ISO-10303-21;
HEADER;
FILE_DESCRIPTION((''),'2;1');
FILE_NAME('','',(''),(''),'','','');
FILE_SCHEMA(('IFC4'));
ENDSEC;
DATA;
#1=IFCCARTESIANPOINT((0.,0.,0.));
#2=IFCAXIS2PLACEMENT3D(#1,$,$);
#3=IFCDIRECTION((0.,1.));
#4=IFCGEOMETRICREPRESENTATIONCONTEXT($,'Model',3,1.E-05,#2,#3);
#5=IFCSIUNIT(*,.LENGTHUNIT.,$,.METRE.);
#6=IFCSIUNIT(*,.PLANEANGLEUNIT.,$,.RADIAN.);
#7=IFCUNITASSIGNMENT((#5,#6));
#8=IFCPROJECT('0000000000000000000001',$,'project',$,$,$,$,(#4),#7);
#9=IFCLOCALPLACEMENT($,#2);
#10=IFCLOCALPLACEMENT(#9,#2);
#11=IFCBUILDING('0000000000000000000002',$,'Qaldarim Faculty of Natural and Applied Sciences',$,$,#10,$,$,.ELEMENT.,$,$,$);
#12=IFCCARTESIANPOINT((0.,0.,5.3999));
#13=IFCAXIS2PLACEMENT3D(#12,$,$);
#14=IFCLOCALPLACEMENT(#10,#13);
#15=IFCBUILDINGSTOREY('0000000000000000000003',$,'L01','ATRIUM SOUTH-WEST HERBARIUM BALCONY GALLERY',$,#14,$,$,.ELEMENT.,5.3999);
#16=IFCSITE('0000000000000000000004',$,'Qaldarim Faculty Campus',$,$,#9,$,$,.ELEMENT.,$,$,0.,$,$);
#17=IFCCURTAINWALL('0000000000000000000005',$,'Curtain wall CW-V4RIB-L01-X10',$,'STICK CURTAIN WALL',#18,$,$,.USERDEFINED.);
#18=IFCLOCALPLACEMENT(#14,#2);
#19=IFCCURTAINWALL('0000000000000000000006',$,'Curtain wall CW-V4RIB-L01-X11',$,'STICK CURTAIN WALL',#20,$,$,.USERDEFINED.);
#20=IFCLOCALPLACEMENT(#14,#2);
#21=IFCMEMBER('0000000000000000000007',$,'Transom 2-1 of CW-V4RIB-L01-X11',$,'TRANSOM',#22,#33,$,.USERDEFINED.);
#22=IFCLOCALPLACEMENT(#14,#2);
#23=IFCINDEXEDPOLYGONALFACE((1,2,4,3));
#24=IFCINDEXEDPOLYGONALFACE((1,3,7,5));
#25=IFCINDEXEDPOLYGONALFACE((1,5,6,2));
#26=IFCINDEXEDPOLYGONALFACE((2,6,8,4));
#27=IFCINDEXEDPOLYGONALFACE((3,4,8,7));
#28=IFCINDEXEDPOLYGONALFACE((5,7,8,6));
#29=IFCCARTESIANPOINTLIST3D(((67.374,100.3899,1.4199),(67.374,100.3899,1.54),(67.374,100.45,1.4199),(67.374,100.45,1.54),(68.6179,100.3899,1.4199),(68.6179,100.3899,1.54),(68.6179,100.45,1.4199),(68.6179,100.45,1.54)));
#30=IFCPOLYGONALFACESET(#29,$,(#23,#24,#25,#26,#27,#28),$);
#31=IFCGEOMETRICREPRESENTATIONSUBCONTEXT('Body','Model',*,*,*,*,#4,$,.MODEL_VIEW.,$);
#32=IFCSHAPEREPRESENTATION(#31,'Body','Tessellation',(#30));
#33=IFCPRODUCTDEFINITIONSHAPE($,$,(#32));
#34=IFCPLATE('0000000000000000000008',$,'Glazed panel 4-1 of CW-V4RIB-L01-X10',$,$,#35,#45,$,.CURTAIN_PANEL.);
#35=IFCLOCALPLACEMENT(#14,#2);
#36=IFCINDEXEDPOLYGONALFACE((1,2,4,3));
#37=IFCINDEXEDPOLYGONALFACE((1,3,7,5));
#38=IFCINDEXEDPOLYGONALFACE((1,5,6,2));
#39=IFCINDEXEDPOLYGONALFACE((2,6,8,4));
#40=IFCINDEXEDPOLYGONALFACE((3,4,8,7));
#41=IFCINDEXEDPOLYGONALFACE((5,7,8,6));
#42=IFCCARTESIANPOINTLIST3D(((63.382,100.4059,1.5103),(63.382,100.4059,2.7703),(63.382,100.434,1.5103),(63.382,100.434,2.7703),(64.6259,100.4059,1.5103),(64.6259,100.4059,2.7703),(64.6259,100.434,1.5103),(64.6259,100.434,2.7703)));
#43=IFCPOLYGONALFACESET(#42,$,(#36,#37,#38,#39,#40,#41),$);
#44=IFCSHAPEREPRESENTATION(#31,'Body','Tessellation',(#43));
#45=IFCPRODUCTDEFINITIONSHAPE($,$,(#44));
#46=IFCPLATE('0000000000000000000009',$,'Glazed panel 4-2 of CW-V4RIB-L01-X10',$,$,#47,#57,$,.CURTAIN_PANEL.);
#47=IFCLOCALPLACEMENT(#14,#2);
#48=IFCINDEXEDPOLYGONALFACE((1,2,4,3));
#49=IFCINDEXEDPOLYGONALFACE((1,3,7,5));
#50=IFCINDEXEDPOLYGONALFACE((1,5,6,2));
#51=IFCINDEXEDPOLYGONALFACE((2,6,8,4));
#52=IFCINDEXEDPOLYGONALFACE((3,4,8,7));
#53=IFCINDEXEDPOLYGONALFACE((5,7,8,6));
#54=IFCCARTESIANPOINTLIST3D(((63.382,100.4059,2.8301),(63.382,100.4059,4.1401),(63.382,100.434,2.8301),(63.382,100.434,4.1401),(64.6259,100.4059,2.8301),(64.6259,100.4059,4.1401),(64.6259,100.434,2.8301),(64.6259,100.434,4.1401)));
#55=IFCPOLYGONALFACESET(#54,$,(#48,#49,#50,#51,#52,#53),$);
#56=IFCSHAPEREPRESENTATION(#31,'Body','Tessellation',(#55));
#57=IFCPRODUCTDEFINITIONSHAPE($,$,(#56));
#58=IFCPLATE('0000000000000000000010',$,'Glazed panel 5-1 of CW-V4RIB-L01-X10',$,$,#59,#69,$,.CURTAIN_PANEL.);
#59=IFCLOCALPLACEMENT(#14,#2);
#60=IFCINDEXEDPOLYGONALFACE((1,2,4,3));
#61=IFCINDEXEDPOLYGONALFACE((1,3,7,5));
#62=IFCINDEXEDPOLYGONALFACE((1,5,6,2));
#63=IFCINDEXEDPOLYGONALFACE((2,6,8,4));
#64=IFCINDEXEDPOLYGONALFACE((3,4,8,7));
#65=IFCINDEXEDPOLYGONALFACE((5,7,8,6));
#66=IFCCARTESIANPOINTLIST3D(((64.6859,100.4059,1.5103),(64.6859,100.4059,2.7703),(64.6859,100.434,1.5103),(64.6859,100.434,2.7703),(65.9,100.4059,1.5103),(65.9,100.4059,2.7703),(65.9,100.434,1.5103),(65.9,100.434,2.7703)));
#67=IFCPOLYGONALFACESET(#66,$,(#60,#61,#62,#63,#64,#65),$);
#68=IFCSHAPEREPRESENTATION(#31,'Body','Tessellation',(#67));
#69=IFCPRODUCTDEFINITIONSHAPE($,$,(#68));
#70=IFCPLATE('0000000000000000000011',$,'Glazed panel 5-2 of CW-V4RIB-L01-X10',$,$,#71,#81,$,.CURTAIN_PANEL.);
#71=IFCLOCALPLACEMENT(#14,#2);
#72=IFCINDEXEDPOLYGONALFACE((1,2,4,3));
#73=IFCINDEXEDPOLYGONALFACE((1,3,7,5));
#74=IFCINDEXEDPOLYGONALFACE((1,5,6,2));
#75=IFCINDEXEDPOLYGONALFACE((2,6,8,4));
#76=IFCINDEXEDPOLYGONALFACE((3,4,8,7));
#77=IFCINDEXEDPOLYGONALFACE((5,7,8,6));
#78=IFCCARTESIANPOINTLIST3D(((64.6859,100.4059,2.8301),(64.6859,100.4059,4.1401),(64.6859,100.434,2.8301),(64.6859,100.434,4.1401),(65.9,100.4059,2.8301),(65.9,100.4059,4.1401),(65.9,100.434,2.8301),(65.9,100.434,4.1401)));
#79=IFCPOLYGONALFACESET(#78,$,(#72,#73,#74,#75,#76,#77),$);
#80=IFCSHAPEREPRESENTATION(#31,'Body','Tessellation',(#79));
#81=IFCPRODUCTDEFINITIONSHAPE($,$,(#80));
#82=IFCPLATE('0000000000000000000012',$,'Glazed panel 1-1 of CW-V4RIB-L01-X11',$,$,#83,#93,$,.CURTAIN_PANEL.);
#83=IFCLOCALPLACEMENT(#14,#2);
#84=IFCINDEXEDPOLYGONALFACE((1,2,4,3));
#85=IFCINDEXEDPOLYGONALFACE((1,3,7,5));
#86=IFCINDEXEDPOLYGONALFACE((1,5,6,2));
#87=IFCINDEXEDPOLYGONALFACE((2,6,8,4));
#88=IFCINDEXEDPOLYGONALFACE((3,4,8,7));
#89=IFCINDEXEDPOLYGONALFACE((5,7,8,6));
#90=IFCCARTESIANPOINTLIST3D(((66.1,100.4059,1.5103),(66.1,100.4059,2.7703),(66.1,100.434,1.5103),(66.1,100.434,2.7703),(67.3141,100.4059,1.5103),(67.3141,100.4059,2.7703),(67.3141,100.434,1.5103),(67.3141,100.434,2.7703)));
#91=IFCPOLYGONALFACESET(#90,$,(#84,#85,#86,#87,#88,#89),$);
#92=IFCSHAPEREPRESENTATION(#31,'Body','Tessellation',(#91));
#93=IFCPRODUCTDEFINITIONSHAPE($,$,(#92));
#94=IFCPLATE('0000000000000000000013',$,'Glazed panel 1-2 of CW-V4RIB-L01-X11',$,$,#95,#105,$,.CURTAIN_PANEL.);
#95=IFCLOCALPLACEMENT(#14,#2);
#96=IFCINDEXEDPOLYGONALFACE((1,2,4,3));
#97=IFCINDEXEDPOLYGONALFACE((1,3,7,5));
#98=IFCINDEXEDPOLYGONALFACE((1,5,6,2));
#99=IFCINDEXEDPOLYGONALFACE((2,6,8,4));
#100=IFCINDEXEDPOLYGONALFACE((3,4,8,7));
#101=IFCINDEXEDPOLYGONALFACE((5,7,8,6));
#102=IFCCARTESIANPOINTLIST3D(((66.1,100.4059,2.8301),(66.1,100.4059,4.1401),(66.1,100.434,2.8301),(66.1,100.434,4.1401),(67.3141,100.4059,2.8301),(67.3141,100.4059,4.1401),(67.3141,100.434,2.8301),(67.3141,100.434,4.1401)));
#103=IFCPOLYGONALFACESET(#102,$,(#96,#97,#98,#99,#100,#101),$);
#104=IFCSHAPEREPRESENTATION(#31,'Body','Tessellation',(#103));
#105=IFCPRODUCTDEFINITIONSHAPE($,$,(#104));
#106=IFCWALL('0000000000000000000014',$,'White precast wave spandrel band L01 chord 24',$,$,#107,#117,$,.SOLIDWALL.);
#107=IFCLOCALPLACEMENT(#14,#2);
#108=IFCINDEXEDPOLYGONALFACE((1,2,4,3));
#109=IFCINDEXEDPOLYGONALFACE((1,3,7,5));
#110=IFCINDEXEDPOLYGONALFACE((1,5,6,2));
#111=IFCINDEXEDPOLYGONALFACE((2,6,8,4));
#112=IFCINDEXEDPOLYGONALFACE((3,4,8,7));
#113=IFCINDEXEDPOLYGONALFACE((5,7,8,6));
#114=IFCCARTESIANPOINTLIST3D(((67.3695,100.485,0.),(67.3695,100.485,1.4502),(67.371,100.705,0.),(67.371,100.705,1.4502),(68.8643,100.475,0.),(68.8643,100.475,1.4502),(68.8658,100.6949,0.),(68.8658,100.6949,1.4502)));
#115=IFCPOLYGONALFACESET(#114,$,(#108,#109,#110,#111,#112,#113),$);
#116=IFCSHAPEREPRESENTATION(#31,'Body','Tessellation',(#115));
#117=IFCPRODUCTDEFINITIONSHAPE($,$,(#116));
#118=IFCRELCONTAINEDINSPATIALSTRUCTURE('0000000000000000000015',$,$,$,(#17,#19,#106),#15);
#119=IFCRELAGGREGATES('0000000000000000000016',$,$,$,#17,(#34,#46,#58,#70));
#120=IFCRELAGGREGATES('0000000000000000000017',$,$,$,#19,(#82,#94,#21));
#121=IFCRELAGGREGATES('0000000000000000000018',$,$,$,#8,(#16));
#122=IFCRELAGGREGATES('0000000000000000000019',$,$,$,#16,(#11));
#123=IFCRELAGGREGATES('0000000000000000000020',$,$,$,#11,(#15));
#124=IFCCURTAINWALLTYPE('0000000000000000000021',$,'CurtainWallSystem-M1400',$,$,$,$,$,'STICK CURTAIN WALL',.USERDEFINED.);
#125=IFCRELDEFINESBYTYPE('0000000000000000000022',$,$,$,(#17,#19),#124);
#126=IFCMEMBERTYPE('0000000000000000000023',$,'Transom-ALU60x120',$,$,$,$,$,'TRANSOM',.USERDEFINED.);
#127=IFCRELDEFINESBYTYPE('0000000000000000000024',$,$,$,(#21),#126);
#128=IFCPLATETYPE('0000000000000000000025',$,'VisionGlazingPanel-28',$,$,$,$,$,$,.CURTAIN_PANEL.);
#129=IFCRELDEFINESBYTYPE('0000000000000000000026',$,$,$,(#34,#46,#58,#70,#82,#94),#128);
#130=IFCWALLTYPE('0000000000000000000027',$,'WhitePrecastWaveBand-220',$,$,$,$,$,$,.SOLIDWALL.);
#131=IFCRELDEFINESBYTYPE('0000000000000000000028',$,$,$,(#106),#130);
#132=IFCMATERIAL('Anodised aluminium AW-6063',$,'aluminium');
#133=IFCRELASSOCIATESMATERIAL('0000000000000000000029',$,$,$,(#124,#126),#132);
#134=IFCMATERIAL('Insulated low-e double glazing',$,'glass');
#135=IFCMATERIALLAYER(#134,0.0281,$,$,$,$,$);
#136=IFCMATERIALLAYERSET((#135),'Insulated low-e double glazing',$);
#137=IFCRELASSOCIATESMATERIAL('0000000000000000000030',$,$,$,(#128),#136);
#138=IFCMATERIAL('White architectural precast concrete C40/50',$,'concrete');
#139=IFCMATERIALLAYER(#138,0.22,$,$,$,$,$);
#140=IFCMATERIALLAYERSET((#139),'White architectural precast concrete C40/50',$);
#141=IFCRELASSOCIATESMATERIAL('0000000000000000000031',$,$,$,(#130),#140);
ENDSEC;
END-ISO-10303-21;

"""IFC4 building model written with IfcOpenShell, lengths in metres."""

from ifc_helpers import new_model, si_unit, direction, frame, frame_2d, origin, origin_2d, place, context, subcontext, project, spatial, rectangle, extrude, material, layer, layer_set, material_profile, profile_set, type_object, element, aggregate, save


model = new_model("IFC4")

# Units and contexts
model_context = context("Model", 3, precision=1e-05, world=origin(), true_north=direction((0.0, 1.0)))
body_context = subcontext(model_context, "Body", "Model", "MODEL_VIEW")
ifc_project = project(units=[si_unit("LENGTHUNIT", "METRE"), si_unit("PLANEANGLEUNIT", "RADIAN")], contexts=[model_context])

# Site, building, storey
site_placement = place(None, origin())
site = spatial("IfcSite", under=ifc_project, at=site_placement, Name="Qaldarim Faculty Campus", CompositionType="ELEMENT", RefElevation=0.0)
building_placement = place(site_placement, origin())
building = spatial("IfcBuilding", under=site, at=building_placement, Name="Qaldarim Faculty of Natural and Applied Sciences", CompositionType="ELEMENT")
storey_placement = place(building_placement, frame((0.0, 0.0, 5.3999)))
storey = spatial("IfcBuildingStorey", under=building, at=storey_placement, Name="L01", Description="ATRIUM SOUTH-WEST HERBARIUM BALCONY GALLERY", CompositionType="ELEMENT", Elevation=5.3999)

# Curtain walls
ifc_material_1 = material(Name="Anodised aluminium AW-6063", Category="aluminium")
curtain_wall_type = type_object("IfcCurtainWallType", Name="CurtainWallSystem-M1400", ElementType="STICK CURTAIN WALL", PredefinedType="USERDEFINED", material=ifc_material_1)
curtain_wall_1_placement = place(storey_placement, origin())
curtain_wall_1 = element("IfcCurtainWall", 1, at=curtain_wall_1_placement, inside=storey, type_object=curtain_wall_type, Name="Curtain wall CW-V4RIB-L01-X10", ObjectType="STICK CURTAIN WALL", PredefinedType="USERDEFINED")
curtain_wall_2_placement = place(storey_placement, origin())
curtain_wall_2 = element("IfcCurtainWall", 2, at=curtain_wall_2_placement, inside=storey, type_object=curtain_wall_type, Name="Curtain wall CW-V4RIB-L01-X11", ObjectType="STICK CURTAIN WALL", PredefinedType="USERDEFINED")

# Member
ifc_material_profile_1 = material_profile(ifc_material_1, rectangle(XDim=0.0601, YDim=0.1201, at=origin_2d()), Name="ALU-T60x120")
ifc_profile_set_1 = profile_set([ifc_material_profile_1], Name="Anodised aluminium AW-6063")
member_type_1 = type_object("IfcMemberType", Name="Transom-ALU60x120", ElementType="TRANSOM", PredefinedType="USERDEFINED", material=ifc_profile_set_1)
member_1_placement = place(storey_placement, frame((67.374, 100.4199, 1.48), z_axis=(1.0, 0.0, 0.0), x_axis=(0.0, 1.0, 0.0)))
member_1 = element("IfcMember", 3, at=member_1_placement, type_object=member_type_1, Name="Transom 2-1 of CW-V4RIB-L01-X11", ObjectType="TRANSOM", PredefinedType="USERDEFINED", context=body_context, shape_type="SweptSolid", body=[
    extrude(rectangle(XDim=0.0601, YDim=0.1201, at=origin_2d()), origin(), (0.0, 0.0, 1.0), 1.2439),
])

# Plates
ifc_material_2 = material(Name="Insulated low-e double glazing", Category="glass")
ifc_layer_1 = layer(ifc_material_2, 0.0281)
ifc_layer_set_1 = layer_set([ifc_layer_1], Name="Insulated low-e double glazing")
plate_type = type_object("IfcPlateType", Name="VisionGlazingPanel-28", PredefinedType="CURTAIN_PANEL", material=ifc_layer_set_1)
plate_1_placement = place(storey_placement, frame((64.0039, 100.4199, 1.5103), z_axis=(0.0, 0.0, 1.0), x_axis=(1.0, 0.0, 0.0)))
plate_1 = element("IfcPlate", 4, at=plate_1_placement, type_object=plate_type, Name="Glazed panel 4-1 of CW-V4RIB-L01-X10", PredefinedType="CURTAIN_PANEL", context=body_context, shape_type="SweptSolid", body=[
    extrude(rectangle(XDim=1.2439, YDim=0.0281, at=origin_2d()), origin(), (0.0, 0.0, 1.0), 1.26),
])
plate_2_placement = place(storey_placement, frame((64.0039, 100.4199, 2.8301), z_axis=(0.0, 0.0, 1.0), x_axis=(1.0, 0.0, 0.0)))
plate_2 = element("IfcPlate", 5, at=plate_2_placement, type_object=plate_type, Name="Glazed panel 4-2 of CW-V4RIB-L01-X10", PredefinedType="CURTAIN_PANEL", context=body_context, shape_type="SweptSolid", body=[
    extrude(rectangle(XDim=1.2439, YDim=0.0281, at=origin_2d()), origin(), (0.0, 0.0, 1.0), 1.3101),
])
plate_3_placement = place(storey_placement, frame((65.293, 100.4199, 1.5103), z_axis=(0.0, 0.0, 1.0), x_axis=(1.0, 0.0, 0.0)))
plate_3 = element("IfcPlate", 6, at=plate_3_placement, type_object=plate_type, Name="Glazed panel 5-1 of CW-V4RIB-L01-X10", PredefinedType="CURTAIN_PANEL", context=body_context, shape_type="SweptSolid", body=[
    extrude(rectangle(XDim=1.2141, YDim=0.0281, at=origin_2d()), origin(), (0.0, 0.0, 1.0), 1.26),
])
plate_4_placement = place(storey_placement, frame((65.293, 100.4199, 2.8301), z_axis=(0.0, 0.0, 1.0), x_axis=(1.0, 0.0, 0.0)))
plate_4 = element("IfcPlate", 7, at=plate_4_placement, type_object=plate_type, Name="Glazed panel 5-2 of CW-V4RIB-L01-X10", PredefinedType="CURTAIN_PANEL", context=body_context, shape_type="SweptSolid", body=[
    extrude(rectangle(XDim=1.2141, YDim=0.0281, at=origin_2d()), origin(), (0.0, 0.0, 1.0), 1.3101),
])
aggregate(curtain_wall_1, [plate_1, plate_2, plate_3, plate_4])
plate_5_placement = place(storey_placement, frame((66.707, 100.4199, 1.5103), z_axis=(0.0, 0.0, 1.0), x_axis=(1.0, 0.0, 0.0)))
plate_5 = element("IfcPlate", 8, at=plate_5_placement, type_object=plate_type, Name="Glazed panel 1-1 of CW-V4RIB-L01-X11", PredefinedType="CURTAIN_PANEL", context=body_context, shape_type="SweptSolid", body=[
    extrude(rectangle(XDim=1.2141, YDim=0.0281, at=origin_2d()), origin(), (0.0, 0.0, 1.0), 1.26),
])
plate_6_placement = place(storey_placement, frame((66.707, 100.4199, 2.8301), z_axis=(0.0, 0.0, 1.0), x_axis=(1.0, 0.0, 0.0)))
plate_6 = element("IfcPlate", 9, at=plate_6_placement, type_object=plate_type, Name="Glazed panel 1-2 of CW-V4RIB-L01-X11", PredefinedType="CURTAIN_PANEL", context=body_context, shape_type="SweptSolid", body=[
    extrude(rectangle(XDim=1.2141, YDim=0.0281, at=origin_2d()), origin(), (0.0, 0.0, 1.0), 1.3101),
])
aggregate(curtain_wall_2, [plate_5, plate_6, member_1])

# Wall
ifc_material_3 = material(Name="White architectural precast concrete C40/50", Category="concrete")
ifc_layer_2 = layer(ifc_material_3, 0.22)
ifc_layer_set_2 = layer_set([ifc_layer_2], Name="White architectural precast concrete C40/50")
wall_type = type_object("IfcWallType", Name="WhitePrecastWaveBand-220", PredefinedType="SOLIDWALL", material=ifc_layer_set_2)
wall_placement = place(storey_placement, frame((67.3701, 100.595, 0.0), z_axis=(0.0, 0.0, 1.0), x_axis=(0.999978, -0.006696, 0.0)))
element("IfcWall", 10, at=wall_placement, inside=storey, type_object=wall_type, Name="White precast wave spandrel band L01 chord 24", PredefinedType="SOLIDWALL", context=body_context, shape_type="SweptSolid", body=[
    extrude(rectangle(XDim=1.4949, YDim=0.22, at=frame_2d((0.7476, 0.0))), origin(), (0.0, 0.0, 1.0), 1.4502),
])

save(model, "model.ifc")
